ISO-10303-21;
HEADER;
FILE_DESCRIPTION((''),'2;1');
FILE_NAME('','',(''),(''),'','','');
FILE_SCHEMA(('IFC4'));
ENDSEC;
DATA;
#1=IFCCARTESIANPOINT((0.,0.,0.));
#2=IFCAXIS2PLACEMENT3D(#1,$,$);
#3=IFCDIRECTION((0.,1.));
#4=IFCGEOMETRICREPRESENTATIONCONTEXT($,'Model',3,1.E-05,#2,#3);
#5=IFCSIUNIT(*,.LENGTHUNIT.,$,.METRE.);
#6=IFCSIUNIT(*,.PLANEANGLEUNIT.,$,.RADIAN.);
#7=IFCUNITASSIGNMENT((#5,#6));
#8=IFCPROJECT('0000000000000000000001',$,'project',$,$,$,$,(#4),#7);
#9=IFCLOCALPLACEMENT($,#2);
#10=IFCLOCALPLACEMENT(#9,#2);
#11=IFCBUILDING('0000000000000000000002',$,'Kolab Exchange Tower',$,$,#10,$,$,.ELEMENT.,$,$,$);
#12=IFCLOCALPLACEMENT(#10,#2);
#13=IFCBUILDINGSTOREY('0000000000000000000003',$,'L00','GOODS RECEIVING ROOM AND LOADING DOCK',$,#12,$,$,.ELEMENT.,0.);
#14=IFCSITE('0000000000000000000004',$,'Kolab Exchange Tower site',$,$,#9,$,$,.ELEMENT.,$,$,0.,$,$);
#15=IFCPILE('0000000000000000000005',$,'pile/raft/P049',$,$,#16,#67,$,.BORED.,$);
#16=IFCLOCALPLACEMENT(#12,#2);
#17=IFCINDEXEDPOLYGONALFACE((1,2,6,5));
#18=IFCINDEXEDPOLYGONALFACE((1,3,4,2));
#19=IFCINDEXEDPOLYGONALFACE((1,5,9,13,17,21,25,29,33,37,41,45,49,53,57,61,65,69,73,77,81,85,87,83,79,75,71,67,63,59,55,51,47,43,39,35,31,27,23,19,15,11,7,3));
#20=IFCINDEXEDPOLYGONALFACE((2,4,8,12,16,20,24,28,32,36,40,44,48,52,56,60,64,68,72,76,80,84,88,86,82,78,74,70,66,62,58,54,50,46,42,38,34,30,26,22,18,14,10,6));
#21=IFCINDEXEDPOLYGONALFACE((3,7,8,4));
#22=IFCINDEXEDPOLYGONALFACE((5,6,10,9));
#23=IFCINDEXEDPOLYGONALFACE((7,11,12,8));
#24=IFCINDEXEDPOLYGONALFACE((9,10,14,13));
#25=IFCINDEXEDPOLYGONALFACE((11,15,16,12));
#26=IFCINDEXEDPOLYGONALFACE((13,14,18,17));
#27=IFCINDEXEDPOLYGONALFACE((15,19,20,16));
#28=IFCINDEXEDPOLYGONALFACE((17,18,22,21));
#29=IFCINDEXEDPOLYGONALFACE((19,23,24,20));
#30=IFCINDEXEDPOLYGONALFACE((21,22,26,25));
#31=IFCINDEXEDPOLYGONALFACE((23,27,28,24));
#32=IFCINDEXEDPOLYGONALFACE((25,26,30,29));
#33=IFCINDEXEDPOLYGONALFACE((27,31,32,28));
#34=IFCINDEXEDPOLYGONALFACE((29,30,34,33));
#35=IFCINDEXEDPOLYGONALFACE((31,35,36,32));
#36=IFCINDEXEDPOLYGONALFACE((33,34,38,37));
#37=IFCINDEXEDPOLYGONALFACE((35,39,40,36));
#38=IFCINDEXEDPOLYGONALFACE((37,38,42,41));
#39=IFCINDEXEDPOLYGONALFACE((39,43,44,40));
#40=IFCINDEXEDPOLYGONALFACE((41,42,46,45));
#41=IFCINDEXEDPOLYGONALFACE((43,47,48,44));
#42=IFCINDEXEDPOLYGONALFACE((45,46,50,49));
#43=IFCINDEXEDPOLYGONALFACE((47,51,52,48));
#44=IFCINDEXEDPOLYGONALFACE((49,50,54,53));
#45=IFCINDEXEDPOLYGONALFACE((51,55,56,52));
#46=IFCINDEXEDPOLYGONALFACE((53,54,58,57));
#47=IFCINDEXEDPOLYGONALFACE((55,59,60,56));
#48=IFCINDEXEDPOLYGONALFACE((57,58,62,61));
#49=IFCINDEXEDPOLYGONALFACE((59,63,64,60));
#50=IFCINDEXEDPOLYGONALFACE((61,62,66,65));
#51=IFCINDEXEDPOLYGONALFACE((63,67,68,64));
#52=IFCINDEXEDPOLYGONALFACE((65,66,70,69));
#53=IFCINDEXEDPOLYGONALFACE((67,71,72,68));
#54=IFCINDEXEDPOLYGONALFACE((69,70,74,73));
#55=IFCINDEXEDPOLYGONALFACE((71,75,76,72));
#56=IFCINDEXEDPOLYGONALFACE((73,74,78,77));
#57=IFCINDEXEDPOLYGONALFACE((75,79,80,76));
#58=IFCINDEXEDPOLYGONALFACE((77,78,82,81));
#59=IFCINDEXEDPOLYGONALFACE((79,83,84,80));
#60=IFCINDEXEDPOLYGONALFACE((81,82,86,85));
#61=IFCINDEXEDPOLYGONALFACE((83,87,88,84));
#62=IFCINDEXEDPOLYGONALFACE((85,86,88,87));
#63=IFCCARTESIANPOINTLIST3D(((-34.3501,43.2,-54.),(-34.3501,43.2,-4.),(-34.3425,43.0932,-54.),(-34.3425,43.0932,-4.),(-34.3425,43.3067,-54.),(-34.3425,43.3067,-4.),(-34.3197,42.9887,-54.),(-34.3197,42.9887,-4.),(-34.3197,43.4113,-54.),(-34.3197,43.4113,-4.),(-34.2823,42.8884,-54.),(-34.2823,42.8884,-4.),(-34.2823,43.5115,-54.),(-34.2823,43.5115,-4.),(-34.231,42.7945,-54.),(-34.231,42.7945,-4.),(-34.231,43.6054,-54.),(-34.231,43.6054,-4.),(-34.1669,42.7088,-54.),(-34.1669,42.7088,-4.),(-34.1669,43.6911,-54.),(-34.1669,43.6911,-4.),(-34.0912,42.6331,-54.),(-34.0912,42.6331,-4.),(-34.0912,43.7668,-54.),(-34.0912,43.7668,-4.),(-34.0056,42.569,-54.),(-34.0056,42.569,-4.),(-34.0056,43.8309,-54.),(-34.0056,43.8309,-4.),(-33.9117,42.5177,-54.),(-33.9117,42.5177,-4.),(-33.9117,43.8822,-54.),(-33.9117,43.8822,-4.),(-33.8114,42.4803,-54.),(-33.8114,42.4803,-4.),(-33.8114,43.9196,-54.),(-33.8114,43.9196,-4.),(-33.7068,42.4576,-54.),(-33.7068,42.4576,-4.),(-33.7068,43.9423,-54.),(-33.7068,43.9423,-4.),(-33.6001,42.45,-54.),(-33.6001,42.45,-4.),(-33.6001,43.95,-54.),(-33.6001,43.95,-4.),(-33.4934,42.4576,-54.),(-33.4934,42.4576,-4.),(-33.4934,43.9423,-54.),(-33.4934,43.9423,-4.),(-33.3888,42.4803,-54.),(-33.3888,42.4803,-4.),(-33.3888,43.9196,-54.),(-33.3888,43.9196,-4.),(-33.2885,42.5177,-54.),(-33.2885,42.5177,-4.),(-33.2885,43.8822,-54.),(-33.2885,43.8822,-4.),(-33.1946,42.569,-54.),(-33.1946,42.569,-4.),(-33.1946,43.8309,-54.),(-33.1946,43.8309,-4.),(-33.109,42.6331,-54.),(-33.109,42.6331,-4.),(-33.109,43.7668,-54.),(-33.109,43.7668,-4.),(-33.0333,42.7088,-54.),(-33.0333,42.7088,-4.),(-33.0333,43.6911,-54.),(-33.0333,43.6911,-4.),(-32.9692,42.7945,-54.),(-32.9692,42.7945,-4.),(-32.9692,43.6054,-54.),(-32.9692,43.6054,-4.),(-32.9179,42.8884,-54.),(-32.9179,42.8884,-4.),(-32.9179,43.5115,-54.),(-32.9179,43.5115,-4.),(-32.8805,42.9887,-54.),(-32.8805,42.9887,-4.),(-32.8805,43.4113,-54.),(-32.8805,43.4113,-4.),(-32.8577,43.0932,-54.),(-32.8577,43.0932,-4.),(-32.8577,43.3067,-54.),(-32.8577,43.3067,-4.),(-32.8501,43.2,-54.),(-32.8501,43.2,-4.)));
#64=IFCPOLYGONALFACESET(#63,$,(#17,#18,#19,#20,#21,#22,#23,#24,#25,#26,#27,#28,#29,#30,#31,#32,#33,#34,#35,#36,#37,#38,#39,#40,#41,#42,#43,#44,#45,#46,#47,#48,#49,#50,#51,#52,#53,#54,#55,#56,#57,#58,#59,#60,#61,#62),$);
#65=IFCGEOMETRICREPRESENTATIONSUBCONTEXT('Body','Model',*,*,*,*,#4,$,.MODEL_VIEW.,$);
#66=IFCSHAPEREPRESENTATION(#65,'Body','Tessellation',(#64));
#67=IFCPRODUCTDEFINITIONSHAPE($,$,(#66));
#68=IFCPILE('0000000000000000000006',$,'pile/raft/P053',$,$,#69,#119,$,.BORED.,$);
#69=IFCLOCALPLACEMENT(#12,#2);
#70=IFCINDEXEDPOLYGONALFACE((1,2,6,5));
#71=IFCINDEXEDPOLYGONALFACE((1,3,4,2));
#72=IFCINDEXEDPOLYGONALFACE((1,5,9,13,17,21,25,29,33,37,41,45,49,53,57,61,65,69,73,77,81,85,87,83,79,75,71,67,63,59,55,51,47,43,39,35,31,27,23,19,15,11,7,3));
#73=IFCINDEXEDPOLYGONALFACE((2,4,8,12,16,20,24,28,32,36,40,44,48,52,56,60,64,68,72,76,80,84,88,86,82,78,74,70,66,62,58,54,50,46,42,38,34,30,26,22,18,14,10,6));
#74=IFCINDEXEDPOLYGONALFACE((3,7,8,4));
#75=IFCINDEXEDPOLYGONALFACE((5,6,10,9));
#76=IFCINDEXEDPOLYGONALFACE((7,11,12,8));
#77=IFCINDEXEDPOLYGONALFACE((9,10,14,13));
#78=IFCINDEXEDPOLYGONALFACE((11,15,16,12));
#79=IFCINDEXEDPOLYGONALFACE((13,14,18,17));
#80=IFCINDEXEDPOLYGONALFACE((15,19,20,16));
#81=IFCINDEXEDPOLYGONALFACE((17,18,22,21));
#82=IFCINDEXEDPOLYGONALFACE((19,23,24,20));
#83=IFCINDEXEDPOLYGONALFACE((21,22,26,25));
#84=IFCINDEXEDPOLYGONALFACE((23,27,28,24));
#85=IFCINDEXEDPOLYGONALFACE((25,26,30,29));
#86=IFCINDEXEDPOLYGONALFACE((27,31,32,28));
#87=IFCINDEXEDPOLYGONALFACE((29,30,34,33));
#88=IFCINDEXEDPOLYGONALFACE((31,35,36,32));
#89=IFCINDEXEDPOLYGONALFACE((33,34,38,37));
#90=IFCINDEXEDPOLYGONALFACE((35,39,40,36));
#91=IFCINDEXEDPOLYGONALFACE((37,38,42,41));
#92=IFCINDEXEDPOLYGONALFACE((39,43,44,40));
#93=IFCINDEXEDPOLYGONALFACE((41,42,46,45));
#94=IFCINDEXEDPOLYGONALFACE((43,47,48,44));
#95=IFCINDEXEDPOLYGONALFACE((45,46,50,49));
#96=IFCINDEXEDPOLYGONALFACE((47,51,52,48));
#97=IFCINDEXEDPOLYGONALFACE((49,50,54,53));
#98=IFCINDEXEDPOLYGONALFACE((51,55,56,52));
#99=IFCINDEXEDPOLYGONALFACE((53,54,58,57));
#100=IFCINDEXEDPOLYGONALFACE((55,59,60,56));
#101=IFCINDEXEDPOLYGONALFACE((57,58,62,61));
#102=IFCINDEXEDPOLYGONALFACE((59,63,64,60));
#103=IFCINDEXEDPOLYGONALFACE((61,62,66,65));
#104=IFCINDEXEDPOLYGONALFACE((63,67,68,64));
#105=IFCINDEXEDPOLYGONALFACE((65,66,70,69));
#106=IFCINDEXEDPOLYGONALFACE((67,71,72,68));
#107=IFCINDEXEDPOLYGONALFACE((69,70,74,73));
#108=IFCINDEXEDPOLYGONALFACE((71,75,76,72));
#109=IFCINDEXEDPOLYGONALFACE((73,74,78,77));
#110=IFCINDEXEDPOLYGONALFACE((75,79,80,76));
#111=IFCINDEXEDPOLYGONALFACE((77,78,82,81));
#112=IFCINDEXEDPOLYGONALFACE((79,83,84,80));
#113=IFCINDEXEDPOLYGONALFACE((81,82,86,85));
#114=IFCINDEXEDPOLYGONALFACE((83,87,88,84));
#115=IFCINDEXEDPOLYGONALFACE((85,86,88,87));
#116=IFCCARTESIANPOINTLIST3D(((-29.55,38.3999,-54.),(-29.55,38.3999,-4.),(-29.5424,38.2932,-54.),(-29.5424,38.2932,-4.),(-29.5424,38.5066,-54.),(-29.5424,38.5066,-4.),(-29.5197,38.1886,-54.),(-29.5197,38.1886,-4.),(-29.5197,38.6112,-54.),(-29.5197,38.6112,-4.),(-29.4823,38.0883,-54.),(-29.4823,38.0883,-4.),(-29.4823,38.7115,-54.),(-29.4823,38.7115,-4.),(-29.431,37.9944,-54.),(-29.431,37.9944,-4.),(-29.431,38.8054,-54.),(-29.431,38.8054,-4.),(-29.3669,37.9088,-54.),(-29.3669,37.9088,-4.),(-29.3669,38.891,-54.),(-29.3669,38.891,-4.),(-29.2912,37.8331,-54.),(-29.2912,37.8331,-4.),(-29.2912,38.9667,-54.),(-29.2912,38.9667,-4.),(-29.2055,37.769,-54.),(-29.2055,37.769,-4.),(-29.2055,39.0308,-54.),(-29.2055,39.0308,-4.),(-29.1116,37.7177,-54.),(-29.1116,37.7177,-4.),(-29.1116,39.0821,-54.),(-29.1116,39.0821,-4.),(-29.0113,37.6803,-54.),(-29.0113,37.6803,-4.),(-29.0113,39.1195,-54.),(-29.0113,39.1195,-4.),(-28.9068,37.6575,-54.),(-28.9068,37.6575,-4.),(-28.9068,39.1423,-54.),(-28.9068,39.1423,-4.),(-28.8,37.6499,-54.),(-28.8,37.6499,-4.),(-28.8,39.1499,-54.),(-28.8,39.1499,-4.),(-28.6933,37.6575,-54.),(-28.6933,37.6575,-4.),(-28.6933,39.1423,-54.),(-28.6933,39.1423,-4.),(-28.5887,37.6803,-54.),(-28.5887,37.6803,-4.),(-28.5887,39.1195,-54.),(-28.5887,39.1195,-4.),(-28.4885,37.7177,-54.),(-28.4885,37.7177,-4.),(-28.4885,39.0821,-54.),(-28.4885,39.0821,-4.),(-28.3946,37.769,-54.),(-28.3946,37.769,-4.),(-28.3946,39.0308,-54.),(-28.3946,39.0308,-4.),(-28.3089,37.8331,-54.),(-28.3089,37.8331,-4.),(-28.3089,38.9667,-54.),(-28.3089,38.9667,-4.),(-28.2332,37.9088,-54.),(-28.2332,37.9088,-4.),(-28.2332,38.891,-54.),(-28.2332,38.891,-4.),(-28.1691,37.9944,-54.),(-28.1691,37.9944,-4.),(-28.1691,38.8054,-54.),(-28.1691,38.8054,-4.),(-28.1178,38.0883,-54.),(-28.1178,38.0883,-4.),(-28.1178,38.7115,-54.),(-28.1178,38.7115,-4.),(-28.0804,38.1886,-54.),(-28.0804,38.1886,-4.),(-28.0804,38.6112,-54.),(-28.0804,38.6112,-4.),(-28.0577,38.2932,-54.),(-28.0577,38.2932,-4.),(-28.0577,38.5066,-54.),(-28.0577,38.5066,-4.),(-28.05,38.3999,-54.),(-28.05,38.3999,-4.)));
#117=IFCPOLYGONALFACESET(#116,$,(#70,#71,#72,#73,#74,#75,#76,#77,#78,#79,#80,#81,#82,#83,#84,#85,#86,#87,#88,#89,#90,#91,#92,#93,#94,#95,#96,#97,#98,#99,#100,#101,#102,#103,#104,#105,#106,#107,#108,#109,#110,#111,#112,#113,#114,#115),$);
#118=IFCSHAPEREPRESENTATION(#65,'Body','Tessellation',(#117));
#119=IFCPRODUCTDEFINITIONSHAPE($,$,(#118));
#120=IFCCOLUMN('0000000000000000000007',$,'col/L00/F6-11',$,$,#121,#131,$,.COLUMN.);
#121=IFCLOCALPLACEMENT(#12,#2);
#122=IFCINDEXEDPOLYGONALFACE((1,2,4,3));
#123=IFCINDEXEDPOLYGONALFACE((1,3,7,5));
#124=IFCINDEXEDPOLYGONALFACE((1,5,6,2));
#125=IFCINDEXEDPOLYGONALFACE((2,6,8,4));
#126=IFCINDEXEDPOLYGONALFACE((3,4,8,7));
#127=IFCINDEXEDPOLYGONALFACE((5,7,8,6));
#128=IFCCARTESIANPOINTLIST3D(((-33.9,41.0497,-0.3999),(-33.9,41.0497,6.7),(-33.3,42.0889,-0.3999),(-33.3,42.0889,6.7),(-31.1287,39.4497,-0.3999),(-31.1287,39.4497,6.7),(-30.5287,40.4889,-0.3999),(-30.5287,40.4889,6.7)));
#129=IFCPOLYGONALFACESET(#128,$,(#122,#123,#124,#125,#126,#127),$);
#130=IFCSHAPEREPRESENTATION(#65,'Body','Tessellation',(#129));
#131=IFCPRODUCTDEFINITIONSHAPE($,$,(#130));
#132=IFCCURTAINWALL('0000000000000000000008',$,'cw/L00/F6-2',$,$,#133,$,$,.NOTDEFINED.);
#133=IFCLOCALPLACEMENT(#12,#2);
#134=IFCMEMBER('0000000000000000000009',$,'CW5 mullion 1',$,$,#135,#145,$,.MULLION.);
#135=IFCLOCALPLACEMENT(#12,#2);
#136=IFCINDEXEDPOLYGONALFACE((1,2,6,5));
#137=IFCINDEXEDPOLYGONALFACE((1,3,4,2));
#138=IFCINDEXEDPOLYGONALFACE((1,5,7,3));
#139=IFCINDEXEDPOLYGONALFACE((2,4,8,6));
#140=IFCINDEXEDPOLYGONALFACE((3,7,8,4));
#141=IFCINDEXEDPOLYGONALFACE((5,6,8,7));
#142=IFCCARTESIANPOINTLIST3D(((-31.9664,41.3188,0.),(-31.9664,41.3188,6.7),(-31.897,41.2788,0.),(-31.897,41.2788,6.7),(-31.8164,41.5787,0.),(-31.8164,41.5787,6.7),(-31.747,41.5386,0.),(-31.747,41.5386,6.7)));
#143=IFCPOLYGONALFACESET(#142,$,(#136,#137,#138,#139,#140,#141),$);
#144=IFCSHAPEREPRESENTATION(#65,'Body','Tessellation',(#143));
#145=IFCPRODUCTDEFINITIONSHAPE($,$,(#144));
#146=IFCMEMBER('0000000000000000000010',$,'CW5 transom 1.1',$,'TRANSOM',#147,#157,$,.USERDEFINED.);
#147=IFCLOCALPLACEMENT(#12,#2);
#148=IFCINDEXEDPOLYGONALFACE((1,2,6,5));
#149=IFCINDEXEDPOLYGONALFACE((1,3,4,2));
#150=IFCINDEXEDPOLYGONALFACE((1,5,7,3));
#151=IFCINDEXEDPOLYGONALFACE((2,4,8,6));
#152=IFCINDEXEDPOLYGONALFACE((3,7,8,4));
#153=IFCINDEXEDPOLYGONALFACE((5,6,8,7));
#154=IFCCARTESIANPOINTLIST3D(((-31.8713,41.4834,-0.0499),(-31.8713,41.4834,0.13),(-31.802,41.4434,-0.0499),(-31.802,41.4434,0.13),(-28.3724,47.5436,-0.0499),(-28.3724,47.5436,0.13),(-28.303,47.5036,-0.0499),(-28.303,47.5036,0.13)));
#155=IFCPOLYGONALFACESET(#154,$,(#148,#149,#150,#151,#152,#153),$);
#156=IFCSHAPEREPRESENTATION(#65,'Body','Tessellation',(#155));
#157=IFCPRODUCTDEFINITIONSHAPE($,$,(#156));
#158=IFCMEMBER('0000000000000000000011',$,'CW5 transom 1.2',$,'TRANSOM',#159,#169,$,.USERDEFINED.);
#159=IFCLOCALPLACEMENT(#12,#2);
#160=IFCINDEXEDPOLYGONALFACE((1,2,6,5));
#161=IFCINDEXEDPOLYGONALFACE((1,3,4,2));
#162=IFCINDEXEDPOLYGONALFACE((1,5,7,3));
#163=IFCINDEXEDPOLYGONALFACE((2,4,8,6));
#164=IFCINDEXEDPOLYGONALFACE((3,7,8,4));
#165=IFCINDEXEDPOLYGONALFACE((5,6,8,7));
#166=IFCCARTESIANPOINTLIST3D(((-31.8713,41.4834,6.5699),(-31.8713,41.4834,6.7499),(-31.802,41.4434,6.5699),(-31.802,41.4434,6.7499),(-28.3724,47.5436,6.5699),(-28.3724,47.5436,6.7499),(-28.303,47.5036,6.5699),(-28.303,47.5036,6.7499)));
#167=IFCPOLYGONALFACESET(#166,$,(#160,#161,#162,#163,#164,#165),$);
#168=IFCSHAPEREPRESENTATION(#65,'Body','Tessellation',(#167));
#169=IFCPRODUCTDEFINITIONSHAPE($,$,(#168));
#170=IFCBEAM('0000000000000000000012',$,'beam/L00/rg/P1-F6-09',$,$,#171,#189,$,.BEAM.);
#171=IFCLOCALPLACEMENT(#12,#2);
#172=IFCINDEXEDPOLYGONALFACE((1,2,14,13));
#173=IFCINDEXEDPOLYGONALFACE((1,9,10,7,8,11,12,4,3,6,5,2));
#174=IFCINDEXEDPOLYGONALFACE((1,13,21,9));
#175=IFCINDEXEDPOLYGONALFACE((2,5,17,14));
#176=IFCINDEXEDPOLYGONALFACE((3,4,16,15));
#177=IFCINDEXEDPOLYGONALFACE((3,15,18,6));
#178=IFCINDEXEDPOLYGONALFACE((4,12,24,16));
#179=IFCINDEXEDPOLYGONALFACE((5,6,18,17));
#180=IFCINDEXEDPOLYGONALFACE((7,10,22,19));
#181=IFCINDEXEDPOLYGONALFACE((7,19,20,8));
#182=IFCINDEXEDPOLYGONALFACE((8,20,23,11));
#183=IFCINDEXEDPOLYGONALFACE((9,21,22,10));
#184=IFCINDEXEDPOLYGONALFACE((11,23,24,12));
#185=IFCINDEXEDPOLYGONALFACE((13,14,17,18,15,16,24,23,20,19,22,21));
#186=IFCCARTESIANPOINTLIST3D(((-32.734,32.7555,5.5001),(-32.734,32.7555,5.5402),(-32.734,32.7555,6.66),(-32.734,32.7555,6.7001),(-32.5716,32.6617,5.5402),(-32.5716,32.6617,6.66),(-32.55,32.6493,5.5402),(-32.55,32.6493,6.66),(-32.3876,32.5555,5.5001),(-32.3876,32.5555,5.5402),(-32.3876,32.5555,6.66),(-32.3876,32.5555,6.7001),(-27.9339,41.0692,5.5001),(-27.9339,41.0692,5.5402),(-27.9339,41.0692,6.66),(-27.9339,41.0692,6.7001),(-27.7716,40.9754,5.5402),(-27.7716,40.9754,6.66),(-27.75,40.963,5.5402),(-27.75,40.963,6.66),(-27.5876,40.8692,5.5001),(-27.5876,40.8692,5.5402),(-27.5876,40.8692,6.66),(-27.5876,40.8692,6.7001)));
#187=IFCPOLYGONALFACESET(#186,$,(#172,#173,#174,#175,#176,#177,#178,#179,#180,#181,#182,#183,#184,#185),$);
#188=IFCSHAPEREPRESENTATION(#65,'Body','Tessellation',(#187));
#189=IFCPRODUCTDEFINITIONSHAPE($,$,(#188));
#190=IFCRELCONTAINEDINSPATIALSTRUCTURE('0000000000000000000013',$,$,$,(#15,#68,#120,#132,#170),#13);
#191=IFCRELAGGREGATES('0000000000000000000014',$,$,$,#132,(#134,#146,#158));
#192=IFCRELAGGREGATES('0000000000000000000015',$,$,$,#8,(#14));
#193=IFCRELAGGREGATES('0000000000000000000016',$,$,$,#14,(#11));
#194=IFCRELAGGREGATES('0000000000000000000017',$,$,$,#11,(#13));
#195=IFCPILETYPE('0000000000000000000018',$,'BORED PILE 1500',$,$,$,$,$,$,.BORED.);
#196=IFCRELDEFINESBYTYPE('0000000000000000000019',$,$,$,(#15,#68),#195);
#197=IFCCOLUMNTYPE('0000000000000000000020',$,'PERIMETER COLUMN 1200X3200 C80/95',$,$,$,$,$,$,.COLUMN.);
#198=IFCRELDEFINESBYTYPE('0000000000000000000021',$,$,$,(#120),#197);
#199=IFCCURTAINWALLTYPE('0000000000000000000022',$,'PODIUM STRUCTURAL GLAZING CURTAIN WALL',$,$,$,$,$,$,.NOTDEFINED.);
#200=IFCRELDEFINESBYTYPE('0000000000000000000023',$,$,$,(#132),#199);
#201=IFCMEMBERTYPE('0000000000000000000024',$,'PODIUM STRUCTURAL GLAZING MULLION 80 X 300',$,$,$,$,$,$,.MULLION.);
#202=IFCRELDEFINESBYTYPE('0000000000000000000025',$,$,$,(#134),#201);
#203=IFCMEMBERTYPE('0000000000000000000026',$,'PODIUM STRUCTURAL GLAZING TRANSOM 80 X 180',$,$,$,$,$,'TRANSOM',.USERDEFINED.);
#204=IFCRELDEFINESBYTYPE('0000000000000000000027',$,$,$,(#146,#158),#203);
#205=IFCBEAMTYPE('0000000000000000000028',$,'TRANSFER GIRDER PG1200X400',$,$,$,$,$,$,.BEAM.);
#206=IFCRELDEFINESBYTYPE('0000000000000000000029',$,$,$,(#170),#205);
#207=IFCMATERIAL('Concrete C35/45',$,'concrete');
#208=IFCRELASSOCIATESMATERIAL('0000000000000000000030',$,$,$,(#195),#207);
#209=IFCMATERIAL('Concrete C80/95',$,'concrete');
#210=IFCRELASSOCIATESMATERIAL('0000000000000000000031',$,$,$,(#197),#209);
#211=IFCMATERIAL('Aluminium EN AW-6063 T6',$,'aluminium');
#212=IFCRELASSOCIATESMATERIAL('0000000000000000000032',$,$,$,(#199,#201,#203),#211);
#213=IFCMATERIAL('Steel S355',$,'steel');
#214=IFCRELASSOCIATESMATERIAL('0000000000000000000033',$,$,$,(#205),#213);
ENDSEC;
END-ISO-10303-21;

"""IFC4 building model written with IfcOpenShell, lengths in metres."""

from ifc_helpers import new_model, si_unit, direction, frame, origin, origin_2d, place, context, subcontext, project, spatial, rectangle, circle, i_section, extrude, material, material_profile, profile_set, type_object, element, aggregate, save


model = new_model("IFC4")

# Units and contexts
model_context = context("Model", 3, precision=1e-05, world=origin(), true_north=direction((0.0, 1.0)))
body_context = subcontext(model_context, "Body", "Model", "MODEL_VIEW")
ifc_project = project(units=[si_unit("LENGTHUNIT", "METRE"), si_unit("PLANEANGLEUNIT", "RADIAN")], contexts=[model_context])

# Site, building, storey
site_placement = place(None, origin())
site = spatial("IfcSite", under=ifc_project, at=site_placement, Name="Kolab Exchange Tower site", CompositionType="ELEMENT", RefElevation=0.0)
building_placement = place(site_placement, origin())
building = spatial("IfcBuilding", under=site, at=building_placement, Name="Kolab Exchange Tower", CompositionType="ELEMENT")
storey_placement = place(building_placement, origin())
storey = spatial("IfcBuildingStorey", under=building, at=storey_placement, Name="L00", Description="GOODS RECEIVING ROOM AND LOADING DOCK", CompositionType="ELEMENT", Elevation=0.0)

# Piles
ifc_material_1 = material(Name="Concrete C35/45", Category="concrete")
ifc_material_profile_1 = material_profile(ifc_material_1, circle(Radius=0.75, at=origin_2d()), Name="BP1500")
ifc_profile_set_1 = profile_set([ifc_material_profile_1], Name="Concrete C35/45")
pile_type = type_object("IfcPileType", Name="BORED PILE 1500", PredefinedType="BORED", material=ifc_profile_set_1)
for number, where, z_axis, x_axis, name in (
    (1, (-33.6001, 43.2, -4.0), (0.0, 0.0, -1.0), (1.0, 0.0, 0.0), "pile/raft/P049"),
    (2, (-28.8, 38.3999, -4.0), (0.0, 0.0, -1.0), (1.0, 0.0, 0.0), "pile/raft/P053"),
):
    element("IfcPile", number, at=place(storey_placement, frame(where, z_axis=z_axis, x_axis=x_axis)), inside=storey, type_object=pile_type, Name=name, PredefinedType="BORED", context=body_context, shape_type="SweptSolid", body=[
        extrude(circle(Radius=0.75, at=origin_2d()), origin(), (0.0, 0.0, 1.0), 50.0),
    ])

# Column
ifc_material_2 = material(Name="Concrete C80/95", Category="concrete")
ifc_material_profile_2 = material_profile(ifc_material_2, rectangle(XDim=1.2, YDim=3.2, at=origin_2d()), Name="RC1200X3200")
ifc_profile_set_2 = profile_set([ifc_material_profile_2], Name="Concrete C80/95")
column_type = type_object("IfcColumnType", Name="PERIMETER COLUMN 1200X3200 C80/95", PredefinedType="COLUMN", material=ifc_profile_set_2)
column_placement = place(storey_placement, frame((-32.2144, 40.7693, -0.3999), z_axis=(0.0, 0.0, 1.0), x_axis=(0.5, 0.866025, 0.0)))
element("IfcColumn", 3, at=column_placement, inside=storey, type_object=column_type, Name="col/L00/F6-11", PredefinedType="COLUMN", context=body_context, shape_type="SweptSolid", body=[
    extrude(rectangle(XDim=1.2, YDim=3.2, at=origin_2d()), origin(), (0.0, 0.0, 1.0), 7.0999),
])

# Curtain wall, members
ifc_material_3 = material(Name="Aluminium EN AW-6063 T6", Category="aluminium")
curtain_wall_type = type_object("IfcCurtainWallType", Name="PODIUM STRUCTURAL GLAZING CURTAIN WALL", PredefinedType="NOTDEFINED", material=ifc_material_3)
curtain_wall_placement = place(storey_placement, origin())
curtain_wall = element("IfcCurtainWall", 4, at=curtain_wall_placement, inside=storey, type_object=curtain_wall_type, Name="cw/L00/F6-2", PredefinedType="NOTDEFINED")
ifc_material_profile_3 = material_profile(ifc_material_3, rectangle(XDim=0.0801, YDim=0.3, at=origin_2d()), Name="RECT 80X300")
ifc_profile_set_3 = profile_set([ifc_material_profile_3], Name="Aluminium EN AW-6063 T6")
member_type_1 = type_object("IfcMemberType", Name="PODIUM STRUCTURAL GLAZING MULLION 80 X 300", PredefinedType="MULLION", material=ifc_profile_set_3)
member_1_placement = place(storey_placement, frame((-31.8567, 41.4287, 0.0), z_axis=(0.0, 0.0, 1.0), x_axis=(-0.866025, 0.5, 0.0)))
member_1 = element("IfcMember", 5, at=member_1_placement, type_object=member_type_1, Name="CW5 mullion 1", PredefinedType="MULLION", context=body_context, shape_type="SweptSolid", body=[
    extrude(rectangle(XDim=0.0801, YDim=0.3, at=origin_2d()), origin(), (0.0, 0.0, 1.0), 6.7),
])
ifc_material_profile_4 = material_profile(ifc_material_3, rectangle(XDim=0.0801, YDim=0.1799, at=origin_2d()), Name="RECT 80X180")
ifc_profile_set_4 = profile_set([ifc_material_profile_4], Name="Aluminium EN AW-6063 T6")
member_type_2 = type_object("IfcMemberType", Name="PODIUM STRUCTURAL GLAZING TRANSOM 80 X 180", ElementType="TRANSOM", PredefinedType="USERDEFINED", material=ifc_profile_set_4)
member_2_placement = place(storey_placement, frame((-31.8367, 41.4634, 0.04), z_axis=(0.500011, 0.866019, 0.0), x_axis=(-0.866019, 0.500011, 0.0)))
member_2 = element("IfcMember", 6, at=member_2_placement, type_object=member_type_2, Name="CW5 transom 1.1", ObjectType="TRANSOM", PredefinedType="USERDEFINED", context=body_context, shape_type="SweptSolid", body=[
    extrude(rectangle(XDim=0.0801, YDim=0.1799, at=origin_2d()), origin(), (0.0, 0.0, 1.0), 6.9978),
])
member_3_placement = place(storey_placement, frame((-31.8367, 41.4634, 6.6599), z_axis=(0.500011, 0.866019, 0.0), x_axis=(-0.866019, 0.500011, 0.0)))
member_3 = element("IfcMember", 7, at=member_3_placement, type_object=member_type_2, Name="CW5 transom 1.2", ObjectType="TRANSOM", PredefinedType="USERDEFINED", context=body_context, shape_type="SweptSolid", body=[
    extrude(rectangle(XDim=0.0801, YDim=0.1799, at=origin_2d()), origin(), (0.0, 0.0, 1.0), 6.9978),
])

# Beam
ifc_material_4 = material(Name="Steel S355", Category="steel")
ifc_material_profile_5 = material_profile(ifc_material_4, i_section(OverallWidth=0.3999, OverallDepth=1.2, WebThickness=0.0249, FlangeThickness=0.04, at=origin_2d()), Name="PG1200X400")
ifc_profile_set_5 = profile_set([ifc_material_profile_5], Name="Steel S355")
beam_type = type_object("IfcBeamType", Name="TRANSFER GIRDER PG1200X400", PredefinedType="BEAM", material=ifc_profile_set_5)
beam_placement = place(storey_placement, frame((-32.5608, 32.6555, 6.1001), z_axis=(0.500009, 0.86602, 0.0), x_axis=(-0.86602, 0.500009, 0.0)))
element("IfcBeam", 8, at=beam_placement, inside=storey, type_object=beam_type, Name="beam/L00/rg/P1-F6-09", PredefinedType="BEAM", context=body_context, shape_type="SweptSolid", body=[
    extrude(i_section(OverallWidth=0.3999, OverallDepth=1.2, WebThickness=0.0249, FlangeThickness=0.04, at=origin_2d()), origin(), (0.0, 0.0, 1.0), 9.5999),
])

aggregate(curtain_wall, [member_1, member_2, member_3])

save(model, "model.ifc")
